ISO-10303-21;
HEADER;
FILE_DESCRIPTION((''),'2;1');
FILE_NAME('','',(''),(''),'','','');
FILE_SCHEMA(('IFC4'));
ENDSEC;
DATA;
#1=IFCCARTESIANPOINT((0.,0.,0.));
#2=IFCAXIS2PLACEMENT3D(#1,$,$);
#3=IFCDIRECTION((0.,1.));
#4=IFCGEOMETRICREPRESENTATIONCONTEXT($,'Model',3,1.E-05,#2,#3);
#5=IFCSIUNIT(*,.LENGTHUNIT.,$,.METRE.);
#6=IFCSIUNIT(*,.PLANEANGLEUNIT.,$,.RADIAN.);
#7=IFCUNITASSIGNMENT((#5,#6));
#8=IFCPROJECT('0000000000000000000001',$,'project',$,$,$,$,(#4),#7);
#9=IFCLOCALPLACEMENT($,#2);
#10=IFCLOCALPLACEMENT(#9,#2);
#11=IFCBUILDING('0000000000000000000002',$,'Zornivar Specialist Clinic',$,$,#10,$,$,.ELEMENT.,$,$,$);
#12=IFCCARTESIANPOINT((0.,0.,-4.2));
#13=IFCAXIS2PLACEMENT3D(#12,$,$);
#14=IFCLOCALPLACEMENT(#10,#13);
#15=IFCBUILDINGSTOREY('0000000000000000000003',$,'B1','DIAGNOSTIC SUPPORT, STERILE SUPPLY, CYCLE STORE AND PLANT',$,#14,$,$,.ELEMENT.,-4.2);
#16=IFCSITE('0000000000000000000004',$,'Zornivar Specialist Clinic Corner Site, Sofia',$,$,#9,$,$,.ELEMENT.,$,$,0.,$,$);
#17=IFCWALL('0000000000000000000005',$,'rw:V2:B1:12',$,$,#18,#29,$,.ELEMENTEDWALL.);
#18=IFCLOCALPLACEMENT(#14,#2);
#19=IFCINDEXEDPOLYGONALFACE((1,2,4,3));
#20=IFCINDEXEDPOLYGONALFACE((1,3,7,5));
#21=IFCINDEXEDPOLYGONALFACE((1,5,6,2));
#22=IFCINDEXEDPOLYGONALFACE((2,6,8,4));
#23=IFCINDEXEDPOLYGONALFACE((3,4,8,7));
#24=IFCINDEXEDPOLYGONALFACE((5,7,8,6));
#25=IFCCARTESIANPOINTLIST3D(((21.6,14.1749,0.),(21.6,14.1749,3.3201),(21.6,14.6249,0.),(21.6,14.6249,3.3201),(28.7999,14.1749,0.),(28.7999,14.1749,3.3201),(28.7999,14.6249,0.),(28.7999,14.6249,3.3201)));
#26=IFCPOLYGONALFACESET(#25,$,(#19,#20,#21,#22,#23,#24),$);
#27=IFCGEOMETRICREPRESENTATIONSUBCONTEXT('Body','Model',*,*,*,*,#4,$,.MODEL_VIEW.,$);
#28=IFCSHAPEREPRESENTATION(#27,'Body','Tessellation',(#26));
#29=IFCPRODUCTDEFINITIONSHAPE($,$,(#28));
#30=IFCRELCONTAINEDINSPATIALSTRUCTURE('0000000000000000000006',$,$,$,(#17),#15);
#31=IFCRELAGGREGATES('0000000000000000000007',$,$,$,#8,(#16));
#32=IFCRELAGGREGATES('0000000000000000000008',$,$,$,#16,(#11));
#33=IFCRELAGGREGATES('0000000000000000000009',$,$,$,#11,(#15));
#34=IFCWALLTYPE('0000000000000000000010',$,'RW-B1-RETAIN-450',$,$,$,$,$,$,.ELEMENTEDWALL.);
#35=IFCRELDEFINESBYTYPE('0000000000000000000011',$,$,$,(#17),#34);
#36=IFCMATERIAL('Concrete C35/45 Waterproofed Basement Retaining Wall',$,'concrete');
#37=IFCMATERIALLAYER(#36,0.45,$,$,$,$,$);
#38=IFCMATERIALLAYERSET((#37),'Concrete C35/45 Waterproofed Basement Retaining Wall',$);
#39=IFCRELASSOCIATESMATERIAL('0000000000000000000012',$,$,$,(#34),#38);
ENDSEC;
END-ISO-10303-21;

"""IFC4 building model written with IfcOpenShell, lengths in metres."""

from ifc_helpers import new_model, si_unit, direction, frame, frame_2d, origin, place, context, subcontext, project, spatial, rectangle, extrude, material, layer, layer_set, type_object, element, save


model = new_model("IFC4")

# Units and contexts
model_context = context("Model", 3, precision=1e-05, world=origin(), true_north=direction((0.0, 1.0)))
body_context = subcontext(model_context, "Body", "Model", "MODEL_VIEW")
ifc_project = project(units=[si_unit("LENGTHUNIT", "METRE"), si_unit("PLANEANGLEUNIT", "RADIAN")], contexts=[model_context])

# Site, building, storey
site_placement = place(None, origin())
site = spatial("IfcSite", under=ifc_project, at=site_placement, Name="Zornivar Specialist Clinic Corner Site, Sofia", CompositionType="ELEMENT", RefElevation=0.0)
building_placement = place(site_placement, origin())
building = spatial("IfcBuilding", under=site, at=building_placement, Name="Zornivar Specialist Clinic", CompositionType="ELEMENT")
storey_placement = place(building_placement, frame((0.0, 0.0, -4.2)))
storey = spatial("IfcBuildingStorey", under=building, at=storey_placement, Name="B1", Description="DIAGNOSTIC SUPPORT, STERILE SUPPLY, CYCLE STORE AND PLANT", CompositionType="ELEMENT", Elevation=-4.2)

# Wall
ifc_material_1 = material(Name="Concrete C35/45 Waterproofed Basement Retaining Wall", Category="concrete")
ifc_layer_1 = layer(ifc_material_1, 0.45)
ifc_layer_set_1 = layer_set([ifc_layer_1], Name="Concrete C35/45 Waterproofed Basement Retaining Wall")
wall_type_1 = type_object("IfcWallType", Name="RW-B1-RETAIN-450", PredefinedType="ELEMENTEDWALL", material=ifc_layer_set_1)
wall_1_placement = place(storey_placement, frame((28.8, 14.3999, 0.0), z_axis=(0.0, 0.0, 1.0), x_axis=(-1.0, 0.0, 0.0)))
element("IfcWall", 1, at=wall_1_placement, inside=storey, type_object=wall_type_1, Name="rw:V2:B1:12", PredefinedType="ELEMENTEDWALL", context=body_context, shape_type="SweptSolid", body=[
    extrude(rectangle(XDim=7.2, YDim=0.45, at=frame_2d((3.6001, 0.0))), origin(), (0.0, 0.0, 1.0), 3.3201),
])

save(model, "model.ifc")
